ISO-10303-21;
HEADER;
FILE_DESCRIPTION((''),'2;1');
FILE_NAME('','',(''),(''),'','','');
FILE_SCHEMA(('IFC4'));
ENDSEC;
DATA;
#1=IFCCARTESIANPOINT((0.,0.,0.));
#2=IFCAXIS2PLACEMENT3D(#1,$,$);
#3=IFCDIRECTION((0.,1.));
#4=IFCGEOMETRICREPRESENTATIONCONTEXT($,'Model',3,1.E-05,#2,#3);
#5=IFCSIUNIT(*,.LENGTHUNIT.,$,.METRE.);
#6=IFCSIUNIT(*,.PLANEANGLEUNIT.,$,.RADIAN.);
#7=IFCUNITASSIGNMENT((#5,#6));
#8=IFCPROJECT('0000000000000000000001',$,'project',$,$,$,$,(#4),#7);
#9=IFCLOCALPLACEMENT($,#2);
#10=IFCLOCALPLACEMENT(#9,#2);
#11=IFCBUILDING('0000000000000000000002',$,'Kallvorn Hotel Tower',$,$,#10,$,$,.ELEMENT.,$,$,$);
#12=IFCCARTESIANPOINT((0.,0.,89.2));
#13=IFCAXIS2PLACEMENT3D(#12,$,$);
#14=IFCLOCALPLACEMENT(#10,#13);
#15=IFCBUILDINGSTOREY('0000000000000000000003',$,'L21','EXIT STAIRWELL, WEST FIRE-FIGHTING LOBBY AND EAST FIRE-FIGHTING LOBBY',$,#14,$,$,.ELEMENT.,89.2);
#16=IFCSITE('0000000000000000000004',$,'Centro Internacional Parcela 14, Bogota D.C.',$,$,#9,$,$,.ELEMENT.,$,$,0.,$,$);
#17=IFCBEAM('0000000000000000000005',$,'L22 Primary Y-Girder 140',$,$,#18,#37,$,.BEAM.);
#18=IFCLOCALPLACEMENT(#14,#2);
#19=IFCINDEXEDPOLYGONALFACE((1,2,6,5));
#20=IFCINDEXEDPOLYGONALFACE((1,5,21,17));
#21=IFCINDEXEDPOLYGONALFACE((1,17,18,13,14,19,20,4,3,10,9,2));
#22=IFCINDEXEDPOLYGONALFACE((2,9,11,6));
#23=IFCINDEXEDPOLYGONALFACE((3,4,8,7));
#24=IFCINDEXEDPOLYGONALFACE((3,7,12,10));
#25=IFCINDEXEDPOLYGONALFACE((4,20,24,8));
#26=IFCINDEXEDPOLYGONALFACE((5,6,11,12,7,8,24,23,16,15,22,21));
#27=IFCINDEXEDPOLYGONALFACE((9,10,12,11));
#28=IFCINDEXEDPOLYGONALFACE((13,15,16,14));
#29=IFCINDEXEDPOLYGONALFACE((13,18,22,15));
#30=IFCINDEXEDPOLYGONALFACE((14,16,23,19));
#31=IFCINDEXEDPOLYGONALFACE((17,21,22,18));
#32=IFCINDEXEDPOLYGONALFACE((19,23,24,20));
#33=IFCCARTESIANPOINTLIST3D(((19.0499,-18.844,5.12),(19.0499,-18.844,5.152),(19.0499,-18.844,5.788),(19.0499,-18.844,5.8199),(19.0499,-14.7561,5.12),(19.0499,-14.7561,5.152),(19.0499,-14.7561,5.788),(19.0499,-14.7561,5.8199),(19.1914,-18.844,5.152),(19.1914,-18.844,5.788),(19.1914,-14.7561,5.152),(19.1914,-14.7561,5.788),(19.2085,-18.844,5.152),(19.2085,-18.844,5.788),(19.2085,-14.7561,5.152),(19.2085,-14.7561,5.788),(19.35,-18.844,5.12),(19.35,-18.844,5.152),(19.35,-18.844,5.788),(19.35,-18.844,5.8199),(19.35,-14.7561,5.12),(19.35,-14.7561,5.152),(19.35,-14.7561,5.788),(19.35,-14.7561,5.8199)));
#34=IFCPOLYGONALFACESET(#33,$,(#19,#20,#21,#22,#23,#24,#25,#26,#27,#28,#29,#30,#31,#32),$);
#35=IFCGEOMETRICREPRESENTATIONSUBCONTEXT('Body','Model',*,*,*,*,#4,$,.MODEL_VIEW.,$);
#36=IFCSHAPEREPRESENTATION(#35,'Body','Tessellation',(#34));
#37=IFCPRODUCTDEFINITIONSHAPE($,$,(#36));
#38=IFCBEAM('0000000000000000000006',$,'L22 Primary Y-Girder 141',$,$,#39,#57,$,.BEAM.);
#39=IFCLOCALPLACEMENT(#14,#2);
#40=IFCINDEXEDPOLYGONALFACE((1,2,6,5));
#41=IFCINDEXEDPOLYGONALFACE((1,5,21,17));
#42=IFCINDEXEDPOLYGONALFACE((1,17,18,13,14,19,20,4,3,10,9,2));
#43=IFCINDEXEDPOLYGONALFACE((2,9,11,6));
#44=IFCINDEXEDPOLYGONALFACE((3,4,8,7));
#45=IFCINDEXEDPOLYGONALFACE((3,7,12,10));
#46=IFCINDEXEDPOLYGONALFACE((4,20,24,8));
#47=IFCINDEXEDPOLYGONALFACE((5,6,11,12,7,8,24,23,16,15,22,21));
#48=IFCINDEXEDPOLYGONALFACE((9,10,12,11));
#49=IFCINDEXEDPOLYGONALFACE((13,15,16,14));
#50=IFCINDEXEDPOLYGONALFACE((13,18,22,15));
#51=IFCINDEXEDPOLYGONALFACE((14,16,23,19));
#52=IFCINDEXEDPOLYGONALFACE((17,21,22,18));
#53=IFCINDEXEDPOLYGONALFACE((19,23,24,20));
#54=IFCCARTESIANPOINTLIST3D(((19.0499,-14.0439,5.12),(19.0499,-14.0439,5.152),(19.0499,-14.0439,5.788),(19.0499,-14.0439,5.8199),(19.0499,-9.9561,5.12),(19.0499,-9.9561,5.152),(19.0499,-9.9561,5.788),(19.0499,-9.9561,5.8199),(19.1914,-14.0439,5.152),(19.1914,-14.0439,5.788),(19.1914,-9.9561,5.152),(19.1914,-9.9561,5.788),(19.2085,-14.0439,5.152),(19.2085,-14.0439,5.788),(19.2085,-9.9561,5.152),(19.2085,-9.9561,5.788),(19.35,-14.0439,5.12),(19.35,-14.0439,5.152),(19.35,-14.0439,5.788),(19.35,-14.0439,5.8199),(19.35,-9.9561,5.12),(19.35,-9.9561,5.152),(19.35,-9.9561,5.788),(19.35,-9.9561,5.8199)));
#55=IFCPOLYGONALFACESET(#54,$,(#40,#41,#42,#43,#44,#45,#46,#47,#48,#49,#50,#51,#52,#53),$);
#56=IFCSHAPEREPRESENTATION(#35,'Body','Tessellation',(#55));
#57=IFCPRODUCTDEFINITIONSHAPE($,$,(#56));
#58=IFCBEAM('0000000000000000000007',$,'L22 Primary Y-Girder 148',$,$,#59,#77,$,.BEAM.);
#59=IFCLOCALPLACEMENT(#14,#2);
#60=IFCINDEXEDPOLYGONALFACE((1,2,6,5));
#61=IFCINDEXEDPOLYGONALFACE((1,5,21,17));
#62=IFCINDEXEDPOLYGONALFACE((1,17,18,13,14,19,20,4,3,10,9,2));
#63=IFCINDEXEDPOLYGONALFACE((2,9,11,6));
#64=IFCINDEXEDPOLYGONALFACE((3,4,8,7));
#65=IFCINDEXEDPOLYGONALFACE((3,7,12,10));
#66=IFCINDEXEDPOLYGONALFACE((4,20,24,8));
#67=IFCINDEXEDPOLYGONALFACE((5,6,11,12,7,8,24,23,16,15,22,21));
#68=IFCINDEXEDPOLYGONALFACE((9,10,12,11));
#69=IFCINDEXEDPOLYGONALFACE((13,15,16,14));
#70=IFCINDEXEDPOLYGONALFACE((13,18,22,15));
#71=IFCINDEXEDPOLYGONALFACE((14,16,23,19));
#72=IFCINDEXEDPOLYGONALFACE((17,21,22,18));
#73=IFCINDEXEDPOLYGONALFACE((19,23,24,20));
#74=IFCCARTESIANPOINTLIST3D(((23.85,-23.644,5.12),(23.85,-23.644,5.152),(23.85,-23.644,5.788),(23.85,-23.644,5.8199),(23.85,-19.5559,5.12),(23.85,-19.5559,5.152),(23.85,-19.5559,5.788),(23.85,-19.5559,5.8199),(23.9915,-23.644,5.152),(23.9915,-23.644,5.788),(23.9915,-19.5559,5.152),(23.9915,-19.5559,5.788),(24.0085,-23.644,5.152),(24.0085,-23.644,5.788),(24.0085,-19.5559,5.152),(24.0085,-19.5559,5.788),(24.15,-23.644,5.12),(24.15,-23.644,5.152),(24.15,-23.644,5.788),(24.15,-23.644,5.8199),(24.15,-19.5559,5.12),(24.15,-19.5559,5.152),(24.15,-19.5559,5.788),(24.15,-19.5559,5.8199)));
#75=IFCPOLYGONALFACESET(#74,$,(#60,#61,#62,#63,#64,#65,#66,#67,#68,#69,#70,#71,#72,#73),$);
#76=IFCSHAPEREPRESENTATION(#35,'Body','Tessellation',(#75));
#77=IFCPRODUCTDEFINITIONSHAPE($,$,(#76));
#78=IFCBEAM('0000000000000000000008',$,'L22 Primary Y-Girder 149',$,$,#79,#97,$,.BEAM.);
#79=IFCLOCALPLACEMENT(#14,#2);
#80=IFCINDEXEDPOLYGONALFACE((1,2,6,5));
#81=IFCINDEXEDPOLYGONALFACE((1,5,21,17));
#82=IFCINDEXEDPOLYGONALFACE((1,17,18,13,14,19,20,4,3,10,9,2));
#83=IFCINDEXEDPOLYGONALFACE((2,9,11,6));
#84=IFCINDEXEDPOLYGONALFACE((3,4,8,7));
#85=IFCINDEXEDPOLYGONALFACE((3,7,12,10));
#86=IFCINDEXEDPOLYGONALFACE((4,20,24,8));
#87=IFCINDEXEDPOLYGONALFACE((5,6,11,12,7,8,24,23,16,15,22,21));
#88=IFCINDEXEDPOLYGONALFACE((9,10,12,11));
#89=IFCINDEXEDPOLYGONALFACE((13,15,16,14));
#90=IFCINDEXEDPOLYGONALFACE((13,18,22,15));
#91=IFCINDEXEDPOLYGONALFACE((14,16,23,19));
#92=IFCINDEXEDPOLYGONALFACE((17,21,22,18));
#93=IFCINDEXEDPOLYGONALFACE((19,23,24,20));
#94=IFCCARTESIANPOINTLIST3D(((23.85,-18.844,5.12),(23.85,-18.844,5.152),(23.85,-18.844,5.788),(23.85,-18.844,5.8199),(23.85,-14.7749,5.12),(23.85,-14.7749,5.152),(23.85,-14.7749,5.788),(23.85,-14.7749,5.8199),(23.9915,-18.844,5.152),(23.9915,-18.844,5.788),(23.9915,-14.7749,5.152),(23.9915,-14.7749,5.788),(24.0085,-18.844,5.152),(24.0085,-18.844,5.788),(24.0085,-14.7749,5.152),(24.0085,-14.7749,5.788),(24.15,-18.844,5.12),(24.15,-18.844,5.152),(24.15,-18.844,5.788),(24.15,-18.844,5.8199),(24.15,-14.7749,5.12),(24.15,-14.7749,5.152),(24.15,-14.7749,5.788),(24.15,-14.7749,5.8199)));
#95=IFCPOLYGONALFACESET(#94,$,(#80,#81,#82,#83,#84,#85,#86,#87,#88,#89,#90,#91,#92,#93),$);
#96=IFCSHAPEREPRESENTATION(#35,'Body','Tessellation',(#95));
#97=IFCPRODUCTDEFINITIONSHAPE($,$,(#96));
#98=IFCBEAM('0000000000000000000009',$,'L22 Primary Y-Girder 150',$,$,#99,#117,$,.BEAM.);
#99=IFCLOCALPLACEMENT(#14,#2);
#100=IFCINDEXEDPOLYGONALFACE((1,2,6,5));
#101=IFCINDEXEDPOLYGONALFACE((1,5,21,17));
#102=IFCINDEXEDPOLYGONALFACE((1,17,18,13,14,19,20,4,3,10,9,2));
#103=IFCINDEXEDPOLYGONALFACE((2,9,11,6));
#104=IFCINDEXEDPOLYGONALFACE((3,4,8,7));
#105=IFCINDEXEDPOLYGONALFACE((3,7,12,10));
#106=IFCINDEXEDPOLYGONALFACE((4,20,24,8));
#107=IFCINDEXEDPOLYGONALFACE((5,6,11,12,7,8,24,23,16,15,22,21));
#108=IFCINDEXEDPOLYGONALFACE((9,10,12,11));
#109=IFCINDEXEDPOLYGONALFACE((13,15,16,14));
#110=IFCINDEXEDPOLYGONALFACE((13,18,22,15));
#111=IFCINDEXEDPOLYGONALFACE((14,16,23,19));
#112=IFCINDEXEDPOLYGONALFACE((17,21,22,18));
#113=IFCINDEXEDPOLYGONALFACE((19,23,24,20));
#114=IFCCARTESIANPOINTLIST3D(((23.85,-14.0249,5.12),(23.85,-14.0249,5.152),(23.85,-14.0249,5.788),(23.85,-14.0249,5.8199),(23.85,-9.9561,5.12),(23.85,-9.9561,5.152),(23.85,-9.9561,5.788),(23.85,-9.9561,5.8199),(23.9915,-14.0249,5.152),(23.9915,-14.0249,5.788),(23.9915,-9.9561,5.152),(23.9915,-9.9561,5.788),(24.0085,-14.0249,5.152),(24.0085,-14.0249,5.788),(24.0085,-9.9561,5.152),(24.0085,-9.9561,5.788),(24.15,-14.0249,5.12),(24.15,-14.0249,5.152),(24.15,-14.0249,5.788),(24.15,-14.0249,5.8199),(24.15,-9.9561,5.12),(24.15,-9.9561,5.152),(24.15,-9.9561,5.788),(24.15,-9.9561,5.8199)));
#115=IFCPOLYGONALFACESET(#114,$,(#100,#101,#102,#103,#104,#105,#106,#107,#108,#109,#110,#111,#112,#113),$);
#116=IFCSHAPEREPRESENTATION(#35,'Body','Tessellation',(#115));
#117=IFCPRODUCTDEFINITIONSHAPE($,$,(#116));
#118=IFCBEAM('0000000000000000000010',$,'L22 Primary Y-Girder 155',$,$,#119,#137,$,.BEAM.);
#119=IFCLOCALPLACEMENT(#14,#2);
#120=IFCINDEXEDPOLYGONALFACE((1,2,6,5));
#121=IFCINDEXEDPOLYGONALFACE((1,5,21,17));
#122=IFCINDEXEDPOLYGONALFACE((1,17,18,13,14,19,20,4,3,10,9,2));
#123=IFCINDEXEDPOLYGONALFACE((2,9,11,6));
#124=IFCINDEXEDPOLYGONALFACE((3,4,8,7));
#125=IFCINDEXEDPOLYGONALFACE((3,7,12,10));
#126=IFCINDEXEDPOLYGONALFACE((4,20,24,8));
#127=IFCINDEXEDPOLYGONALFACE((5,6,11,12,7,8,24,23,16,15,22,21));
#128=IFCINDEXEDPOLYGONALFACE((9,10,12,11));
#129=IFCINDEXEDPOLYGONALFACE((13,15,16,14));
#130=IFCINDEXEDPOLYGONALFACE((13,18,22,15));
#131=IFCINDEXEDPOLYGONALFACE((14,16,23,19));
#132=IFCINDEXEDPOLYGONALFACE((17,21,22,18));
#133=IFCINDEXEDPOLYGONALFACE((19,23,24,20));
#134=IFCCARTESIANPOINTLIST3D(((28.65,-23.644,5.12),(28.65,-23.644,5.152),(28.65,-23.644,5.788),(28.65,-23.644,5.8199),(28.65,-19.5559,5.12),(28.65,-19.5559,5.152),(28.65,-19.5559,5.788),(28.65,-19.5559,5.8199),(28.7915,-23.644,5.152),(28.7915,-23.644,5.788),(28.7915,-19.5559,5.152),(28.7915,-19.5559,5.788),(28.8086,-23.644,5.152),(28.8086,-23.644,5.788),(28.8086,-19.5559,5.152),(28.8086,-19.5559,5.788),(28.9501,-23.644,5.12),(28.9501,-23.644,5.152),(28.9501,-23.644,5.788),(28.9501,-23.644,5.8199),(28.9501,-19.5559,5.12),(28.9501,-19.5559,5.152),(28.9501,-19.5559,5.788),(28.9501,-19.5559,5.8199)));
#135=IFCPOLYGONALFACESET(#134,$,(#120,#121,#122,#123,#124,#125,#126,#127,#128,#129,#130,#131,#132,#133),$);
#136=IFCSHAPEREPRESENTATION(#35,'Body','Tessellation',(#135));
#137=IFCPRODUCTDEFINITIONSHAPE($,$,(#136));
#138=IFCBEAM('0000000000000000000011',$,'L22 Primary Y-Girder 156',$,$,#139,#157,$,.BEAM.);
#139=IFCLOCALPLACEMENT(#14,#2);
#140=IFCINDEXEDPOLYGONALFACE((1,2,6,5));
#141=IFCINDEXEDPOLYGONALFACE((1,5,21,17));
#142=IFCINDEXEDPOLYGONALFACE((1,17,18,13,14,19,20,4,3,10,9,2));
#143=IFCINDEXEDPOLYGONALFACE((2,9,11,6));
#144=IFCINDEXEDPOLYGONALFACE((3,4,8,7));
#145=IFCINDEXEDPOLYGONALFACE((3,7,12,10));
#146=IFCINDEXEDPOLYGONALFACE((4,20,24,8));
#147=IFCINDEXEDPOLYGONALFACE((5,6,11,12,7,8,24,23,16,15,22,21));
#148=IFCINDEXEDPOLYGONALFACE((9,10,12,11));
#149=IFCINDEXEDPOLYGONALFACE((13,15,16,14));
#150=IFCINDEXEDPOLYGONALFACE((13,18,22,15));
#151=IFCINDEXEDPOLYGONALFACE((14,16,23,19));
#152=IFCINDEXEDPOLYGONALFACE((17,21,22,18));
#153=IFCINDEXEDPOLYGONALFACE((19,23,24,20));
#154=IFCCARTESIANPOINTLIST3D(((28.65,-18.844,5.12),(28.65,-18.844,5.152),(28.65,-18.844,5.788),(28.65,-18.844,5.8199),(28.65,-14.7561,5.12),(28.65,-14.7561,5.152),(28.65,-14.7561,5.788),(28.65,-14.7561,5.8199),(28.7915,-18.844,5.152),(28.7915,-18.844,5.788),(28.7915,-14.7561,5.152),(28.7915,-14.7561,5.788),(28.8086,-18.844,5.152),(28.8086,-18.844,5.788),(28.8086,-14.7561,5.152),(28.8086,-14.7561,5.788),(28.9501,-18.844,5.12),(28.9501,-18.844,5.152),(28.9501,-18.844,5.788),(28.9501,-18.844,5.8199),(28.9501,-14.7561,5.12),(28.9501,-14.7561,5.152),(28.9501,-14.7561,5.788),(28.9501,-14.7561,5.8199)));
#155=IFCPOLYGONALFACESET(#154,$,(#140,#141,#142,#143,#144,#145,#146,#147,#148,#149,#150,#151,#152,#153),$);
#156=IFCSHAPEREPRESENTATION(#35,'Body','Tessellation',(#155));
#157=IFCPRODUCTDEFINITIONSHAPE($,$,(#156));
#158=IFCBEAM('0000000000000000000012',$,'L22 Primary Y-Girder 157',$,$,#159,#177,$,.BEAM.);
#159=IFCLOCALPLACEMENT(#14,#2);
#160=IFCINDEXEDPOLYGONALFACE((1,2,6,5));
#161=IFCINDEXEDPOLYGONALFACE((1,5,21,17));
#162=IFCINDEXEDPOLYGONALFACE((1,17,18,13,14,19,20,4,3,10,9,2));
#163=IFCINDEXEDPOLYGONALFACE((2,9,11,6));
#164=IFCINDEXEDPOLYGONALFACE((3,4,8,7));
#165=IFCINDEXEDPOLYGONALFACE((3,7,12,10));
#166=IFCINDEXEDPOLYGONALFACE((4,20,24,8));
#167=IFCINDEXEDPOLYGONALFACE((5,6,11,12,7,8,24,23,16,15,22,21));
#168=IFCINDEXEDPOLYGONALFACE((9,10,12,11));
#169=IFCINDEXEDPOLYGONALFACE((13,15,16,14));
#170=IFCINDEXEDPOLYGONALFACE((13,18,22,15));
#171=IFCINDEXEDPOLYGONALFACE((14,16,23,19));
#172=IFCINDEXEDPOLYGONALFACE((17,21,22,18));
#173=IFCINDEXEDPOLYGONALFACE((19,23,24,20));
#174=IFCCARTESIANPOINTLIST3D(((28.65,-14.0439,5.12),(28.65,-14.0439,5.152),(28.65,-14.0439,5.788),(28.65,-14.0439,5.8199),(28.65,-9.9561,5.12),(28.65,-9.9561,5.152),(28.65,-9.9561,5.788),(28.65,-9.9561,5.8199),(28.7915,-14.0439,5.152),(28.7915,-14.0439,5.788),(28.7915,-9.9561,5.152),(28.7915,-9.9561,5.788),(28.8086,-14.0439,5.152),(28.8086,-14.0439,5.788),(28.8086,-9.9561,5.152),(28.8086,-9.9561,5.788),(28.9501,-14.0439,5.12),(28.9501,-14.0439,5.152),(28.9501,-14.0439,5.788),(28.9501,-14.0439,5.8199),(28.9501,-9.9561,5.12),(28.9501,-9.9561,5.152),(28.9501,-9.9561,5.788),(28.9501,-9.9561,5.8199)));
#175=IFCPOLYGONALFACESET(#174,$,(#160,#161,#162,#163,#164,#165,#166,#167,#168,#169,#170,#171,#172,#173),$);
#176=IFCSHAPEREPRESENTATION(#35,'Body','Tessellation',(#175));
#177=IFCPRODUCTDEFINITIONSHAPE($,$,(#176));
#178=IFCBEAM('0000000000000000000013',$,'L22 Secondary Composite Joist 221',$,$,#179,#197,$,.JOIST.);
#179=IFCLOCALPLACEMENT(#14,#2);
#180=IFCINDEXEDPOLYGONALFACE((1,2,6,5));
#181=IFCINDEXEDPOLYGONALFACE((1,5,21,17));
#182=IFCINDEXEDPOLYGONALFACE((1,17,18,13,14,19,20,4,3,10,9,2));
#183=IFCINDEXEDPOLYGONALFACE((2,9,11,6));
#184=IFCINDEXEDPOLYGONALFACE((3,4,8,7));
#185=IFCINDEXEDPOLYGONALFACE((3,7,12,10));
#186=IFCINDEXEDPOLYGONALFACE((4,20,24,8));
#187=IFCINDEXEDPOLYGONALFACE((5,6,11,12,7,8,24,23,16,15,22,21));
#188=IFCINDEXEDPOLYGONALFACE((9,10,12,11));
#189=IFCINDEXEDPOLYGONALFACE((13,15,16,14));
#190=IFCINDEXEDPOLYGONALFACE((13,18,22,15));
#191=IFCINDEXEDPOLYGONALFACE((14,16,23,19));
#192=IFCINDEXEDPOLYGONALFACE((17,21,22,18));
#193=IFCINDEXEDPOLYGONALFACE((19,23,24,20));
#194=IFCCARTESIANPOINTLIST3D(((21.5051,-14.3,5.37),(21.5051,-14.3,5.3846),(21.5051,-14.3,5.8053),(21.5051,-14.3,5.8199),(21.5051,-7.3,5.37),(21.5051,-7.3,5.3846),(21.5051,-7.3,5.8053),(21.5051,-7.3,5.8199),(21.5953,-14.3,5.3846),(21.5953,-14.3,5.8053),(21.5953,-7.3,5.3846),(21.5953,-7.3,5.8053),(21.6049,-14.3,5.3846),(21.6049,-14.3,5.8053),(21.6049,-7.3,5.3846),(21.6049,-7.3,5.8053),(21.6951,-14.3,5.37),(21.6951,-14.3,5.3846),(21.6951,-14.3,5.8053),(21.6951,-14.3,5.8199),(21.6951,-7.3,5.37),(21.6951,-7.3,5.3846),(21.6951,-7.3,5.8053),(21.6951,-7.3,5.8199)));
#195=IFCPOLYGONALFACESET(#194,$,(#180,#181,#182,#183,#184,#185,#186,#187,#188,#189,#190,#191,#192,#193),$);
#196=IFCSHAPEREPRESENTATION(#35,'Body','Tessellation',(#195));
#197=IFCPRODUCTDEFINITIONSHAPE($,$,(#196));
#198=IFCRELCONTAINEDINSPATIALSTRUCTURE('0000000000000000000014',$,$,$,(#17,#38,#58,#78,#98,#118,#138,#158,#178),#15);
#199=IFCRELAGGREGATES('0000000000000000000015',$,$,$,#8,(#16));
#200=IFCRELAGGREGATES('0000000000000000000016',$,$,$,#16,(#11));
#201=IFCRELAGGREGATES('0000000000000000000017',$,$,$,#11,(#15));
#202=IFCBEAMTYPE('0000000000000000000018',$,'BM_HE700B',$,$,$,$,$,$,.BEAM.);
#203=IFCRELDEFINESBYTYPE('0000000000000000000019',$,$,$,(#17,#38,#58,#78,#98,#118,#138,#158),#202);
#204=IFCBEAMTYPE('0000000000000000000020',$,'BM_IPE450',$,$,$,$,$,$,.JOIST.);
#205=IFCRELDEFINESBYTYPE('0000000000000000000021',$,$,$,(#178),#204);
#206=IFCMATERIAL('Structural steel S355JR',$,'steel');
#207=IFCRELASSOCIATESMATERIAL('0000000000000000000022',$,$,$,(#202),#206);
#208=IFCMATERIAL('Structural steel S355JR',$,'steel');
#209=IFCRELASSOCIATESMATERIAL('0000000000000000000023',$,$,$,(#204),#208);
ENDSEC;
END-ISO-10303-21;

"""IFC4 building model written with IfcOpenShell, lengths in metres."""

from ifc_helpers import new_model, si_unit, direction, frame, origin, origin_2d, place, context, subcontext, project, spatial, i_section, extrude, material, material_profile, profile_set, type_object, element, save


model = new_model("IFC4")

# Units and contexts
model_context = context("Model", 3, precision=1e-05, world=origin(), true_north=direction((0.0, 1.0)))
body_context = subcontext(model_context, "Body", "Model", "MODEL_VIEW")
ifc_project = project(units=[si_unit("LENGTHUNIT", "METRE"), si_unit("PLANEANGLEUNIT", "RADIAN")], contexts=[model_context])

# Site, building, storey
site_placement = place(None, origin())
site = spatial("IfcSite", under=ifc_project, at=site_placement, Name="Centro Internacional Parcela 14, Bogota D.C.", CompositionType="ELEMENT", RefElevation=0.0)
building_placement = place(site_placement, origin())
building = spatial("IfcBuilding", under=site, at=building_placement, Name="Kallvorn Hotel Tower", CompositionType="ELEMENT")
storey_placement = place(building_placement, frame((0.0, 0.0, 89.2)))
storey = spatial("IfcBuildingStorey", under=building, at=storey_placement, Name="L21", Description="EXIT STAIRWELL, WEST FIRE-FIGHTING LOBBY AND EAST FIRE-FIGHTING LOBBY", CompositionType="ELEMENT", Elevation=89.2)

# Beams
ifc_material_1 = material(Name="Structural steel S355JR", Category="steel")
ifc_material_profile_1 = material_profile(ifc_material_1, i_section(OverallWidth=0.3, OverallDepth=0.7, WebThickness=0.0171, FlangeThickness=0.032, at=origin_2d()), Name="HE 700 B")
ifc_profile_set_1 = profile_set([ifc_material_profile_1], Name="Structural steel S355JR")
beam_type_1 = type_object("IfcBeamType", Name="BM_HE700B", PredefinedType="BEAM", material=ifc_profile_set_1)
for number, where, z_axis, x_axis, name in (
    (1, (19.2, -18.844, 5.47), (0.0, 1.0, 0.0), (-1.0, 0.0, 0.0), "L22 Primary Y-Girder 140"),
    (2, (19.2, -14.0439, 5.47), (0.0, 1.0, 0.0), (-1.0, 0.0, 0.0), "L22 Primary Y-Girder 141"),
):
    element("IfcBeam", number, at=place(storey_placement, frame(where, z_axis=z_axis, x_axis=x_axis)), inside=storey, type_object=beam_type_1, Name=name, PredefinedType="BEAM", context=body_context, shape_type="SweptSolid", body=[
        extrude(i_section(OverallWidth=0.3, OverallDepth=0.7, WebThickness=0.0171, FlangeThickness=0.032, at=origin_2d()), origin(), (0.0, 0.0, 1.0), 4.0879),
    ])
beam_1_placement = place(storey_placement, frame((24.0, -23.644, 5.47), z_axis=(0.0, 1.0, 0.0), x_axis=(-1.0, 0.0, 0.0)))
element("IfcBeam", 3, at=beam_1_placement, inside=storey, type_object=beam_type_1, Name="L22 Primary Y-Girder 148", PredefinedType="BEAM", context=body_context, shape_type="SweptSolid", body=[
    extrude(i_section(OverallWidth=0.3, OverallDepth=0.7, WebThickness=0.0171, FlangeThickness=0.032, at=origin_2d()), origin(), (0.0, 0.0, 1.0), 4.0881),
])
beam_2_placement = place(storey_placement, frame((24.0, -18.844, 5.47), z_axis=(0.0, 1.0, 0.0), x_axis=(-1.0, 0.0, 0.0)))
element("IfcBeam", 4, at=beam_2_placement, inside=storey, type_object=beam_type_1, Name="L22 Primary Y-Girder 149", PredefinedType="BEAM", context=body_context, shape_type="SweptSolid", body=[
    extrude(i_section(OverallWidth=0.3, OverallDepth=0.7, WebThickness=0.0171, FlangeThickness=0.032, at=origin_2d()), origin(), (0.0, 0.0, 1.0), 4.0691),
])
beam_3_placement = place(storey_placement, frame((24.0, -14.0249, 5.47), z_axis=(0.0, 1.0, 0.0), x_axis=(-1.0, 0.0, 0.0)))
element("IfcBeam", 5, at=beam_3_placement, inside=storey, type_object=beam_type_1, Name="L22 Primary Y-Girder 150", PredefinedType="BEAM", context=body_context, shape_type="SweptSolid", body=[
    extrude(i_section(OverallWidth=0.3, OverallDepth=0.7, WebThickness=0.0171, FlangeThickness=0.032, at=origin_2d()), origin(), (0.0, 0.0, 1.0), 4.0688),
])
beam_4_placement = place(storey_placement, frame((28.8, -23.644, 5.47), z_axis=(0.0, 1.0, 0.0), x_axis=(-1.0, 0.0, 0.0)))
element("IfcBeam", 6, at=beam_4_placement, inside=storey, type_object=beam_type_1, Name="L22 Primary Y-Girder 155", PredefinedType="BEAM", context=body_context, shape_type="SweptSolid", body=[
    extrude(i_section(OverallWidth=0.3, OverallDepth=0.7, WebThickness=0.0171, FlangeThickness=0.032, at=origin_2d()), origin(), (0.0, 0.0, 1.0), 4.0881),
])
for number, where, z_axis, x_axis, name in (
    (7, (28.8, -18.844, 5.47), (0.0, 1.0, 0.0), (-1.0, 0.0, 0.0), "L22 Primary Y-Girder 156"),
    (8, (28.8, -14.0439, 5.47), (0.0, 1.0, 0.0), (-1.0, 0.0, 0.0), "L22 Primary Y-Girder 157"),
):
    element("IfcBeam", number, at=place(storey_placement, frame(where, z_axis=z_axis, x_axis=x_axis)), inside=storey, type_object=beam_type_1, Name=name, PredefinedType="BEAM", context=body_context, shape_type="SweptSolid", body=[
        extrude(i_section(OverallWidth=0.3, OverallDepth=0.7, WebThickness=0.0171, FlangeThickness=0.032, at=origin_2d()), origin(), (0.0, 0.0, 1.0), 4.0879),
    ])
ifc_material_2 = material(Name="Structural steel S355JR", Category="steel")
ifc_material_profile_2 = material_profile(ifc_material_2, i_section(OverallWidth=0.1899, OverallDepth=0.45, WebThickness=0.0095, FlangeThickness=0.0146, at=origin_2d()), Name="IPE 450")
ifc_profile_set_2 = profile_set([ifc_material_profile_2], Name="Structural steel S355JR")
beam_type_2 = type_object("IfcBeamType", Name="BM_IPE450", PredefinedType="JOIST", material=ifc_profile_set_2)
beam_5_placement = place(storey_placement, frame((21.6001, -14.3, 5.595), z_axis=(0.0, 1.0, 0.0), x_axis=(-1.0, 0.0, 0.0)))
element("IfcBeam", 9, at=beam_5_placement, inside=storey, type_object=beam_type_2, Name="L22 Secondary Composite Joist 221", PredefinedType="JOIST", context=body_context, shape_type="SweptSolid", body=[
    extrude(i_section(OverallWidth=0.1899, OverallDepth=0.45, WebThickness=0.0095, FlangeThickness=0.0146, at=origin_2d()), origin(), (0.0, 0.0, 1.0), 7.0),
])

save(model, "model.ifc")
